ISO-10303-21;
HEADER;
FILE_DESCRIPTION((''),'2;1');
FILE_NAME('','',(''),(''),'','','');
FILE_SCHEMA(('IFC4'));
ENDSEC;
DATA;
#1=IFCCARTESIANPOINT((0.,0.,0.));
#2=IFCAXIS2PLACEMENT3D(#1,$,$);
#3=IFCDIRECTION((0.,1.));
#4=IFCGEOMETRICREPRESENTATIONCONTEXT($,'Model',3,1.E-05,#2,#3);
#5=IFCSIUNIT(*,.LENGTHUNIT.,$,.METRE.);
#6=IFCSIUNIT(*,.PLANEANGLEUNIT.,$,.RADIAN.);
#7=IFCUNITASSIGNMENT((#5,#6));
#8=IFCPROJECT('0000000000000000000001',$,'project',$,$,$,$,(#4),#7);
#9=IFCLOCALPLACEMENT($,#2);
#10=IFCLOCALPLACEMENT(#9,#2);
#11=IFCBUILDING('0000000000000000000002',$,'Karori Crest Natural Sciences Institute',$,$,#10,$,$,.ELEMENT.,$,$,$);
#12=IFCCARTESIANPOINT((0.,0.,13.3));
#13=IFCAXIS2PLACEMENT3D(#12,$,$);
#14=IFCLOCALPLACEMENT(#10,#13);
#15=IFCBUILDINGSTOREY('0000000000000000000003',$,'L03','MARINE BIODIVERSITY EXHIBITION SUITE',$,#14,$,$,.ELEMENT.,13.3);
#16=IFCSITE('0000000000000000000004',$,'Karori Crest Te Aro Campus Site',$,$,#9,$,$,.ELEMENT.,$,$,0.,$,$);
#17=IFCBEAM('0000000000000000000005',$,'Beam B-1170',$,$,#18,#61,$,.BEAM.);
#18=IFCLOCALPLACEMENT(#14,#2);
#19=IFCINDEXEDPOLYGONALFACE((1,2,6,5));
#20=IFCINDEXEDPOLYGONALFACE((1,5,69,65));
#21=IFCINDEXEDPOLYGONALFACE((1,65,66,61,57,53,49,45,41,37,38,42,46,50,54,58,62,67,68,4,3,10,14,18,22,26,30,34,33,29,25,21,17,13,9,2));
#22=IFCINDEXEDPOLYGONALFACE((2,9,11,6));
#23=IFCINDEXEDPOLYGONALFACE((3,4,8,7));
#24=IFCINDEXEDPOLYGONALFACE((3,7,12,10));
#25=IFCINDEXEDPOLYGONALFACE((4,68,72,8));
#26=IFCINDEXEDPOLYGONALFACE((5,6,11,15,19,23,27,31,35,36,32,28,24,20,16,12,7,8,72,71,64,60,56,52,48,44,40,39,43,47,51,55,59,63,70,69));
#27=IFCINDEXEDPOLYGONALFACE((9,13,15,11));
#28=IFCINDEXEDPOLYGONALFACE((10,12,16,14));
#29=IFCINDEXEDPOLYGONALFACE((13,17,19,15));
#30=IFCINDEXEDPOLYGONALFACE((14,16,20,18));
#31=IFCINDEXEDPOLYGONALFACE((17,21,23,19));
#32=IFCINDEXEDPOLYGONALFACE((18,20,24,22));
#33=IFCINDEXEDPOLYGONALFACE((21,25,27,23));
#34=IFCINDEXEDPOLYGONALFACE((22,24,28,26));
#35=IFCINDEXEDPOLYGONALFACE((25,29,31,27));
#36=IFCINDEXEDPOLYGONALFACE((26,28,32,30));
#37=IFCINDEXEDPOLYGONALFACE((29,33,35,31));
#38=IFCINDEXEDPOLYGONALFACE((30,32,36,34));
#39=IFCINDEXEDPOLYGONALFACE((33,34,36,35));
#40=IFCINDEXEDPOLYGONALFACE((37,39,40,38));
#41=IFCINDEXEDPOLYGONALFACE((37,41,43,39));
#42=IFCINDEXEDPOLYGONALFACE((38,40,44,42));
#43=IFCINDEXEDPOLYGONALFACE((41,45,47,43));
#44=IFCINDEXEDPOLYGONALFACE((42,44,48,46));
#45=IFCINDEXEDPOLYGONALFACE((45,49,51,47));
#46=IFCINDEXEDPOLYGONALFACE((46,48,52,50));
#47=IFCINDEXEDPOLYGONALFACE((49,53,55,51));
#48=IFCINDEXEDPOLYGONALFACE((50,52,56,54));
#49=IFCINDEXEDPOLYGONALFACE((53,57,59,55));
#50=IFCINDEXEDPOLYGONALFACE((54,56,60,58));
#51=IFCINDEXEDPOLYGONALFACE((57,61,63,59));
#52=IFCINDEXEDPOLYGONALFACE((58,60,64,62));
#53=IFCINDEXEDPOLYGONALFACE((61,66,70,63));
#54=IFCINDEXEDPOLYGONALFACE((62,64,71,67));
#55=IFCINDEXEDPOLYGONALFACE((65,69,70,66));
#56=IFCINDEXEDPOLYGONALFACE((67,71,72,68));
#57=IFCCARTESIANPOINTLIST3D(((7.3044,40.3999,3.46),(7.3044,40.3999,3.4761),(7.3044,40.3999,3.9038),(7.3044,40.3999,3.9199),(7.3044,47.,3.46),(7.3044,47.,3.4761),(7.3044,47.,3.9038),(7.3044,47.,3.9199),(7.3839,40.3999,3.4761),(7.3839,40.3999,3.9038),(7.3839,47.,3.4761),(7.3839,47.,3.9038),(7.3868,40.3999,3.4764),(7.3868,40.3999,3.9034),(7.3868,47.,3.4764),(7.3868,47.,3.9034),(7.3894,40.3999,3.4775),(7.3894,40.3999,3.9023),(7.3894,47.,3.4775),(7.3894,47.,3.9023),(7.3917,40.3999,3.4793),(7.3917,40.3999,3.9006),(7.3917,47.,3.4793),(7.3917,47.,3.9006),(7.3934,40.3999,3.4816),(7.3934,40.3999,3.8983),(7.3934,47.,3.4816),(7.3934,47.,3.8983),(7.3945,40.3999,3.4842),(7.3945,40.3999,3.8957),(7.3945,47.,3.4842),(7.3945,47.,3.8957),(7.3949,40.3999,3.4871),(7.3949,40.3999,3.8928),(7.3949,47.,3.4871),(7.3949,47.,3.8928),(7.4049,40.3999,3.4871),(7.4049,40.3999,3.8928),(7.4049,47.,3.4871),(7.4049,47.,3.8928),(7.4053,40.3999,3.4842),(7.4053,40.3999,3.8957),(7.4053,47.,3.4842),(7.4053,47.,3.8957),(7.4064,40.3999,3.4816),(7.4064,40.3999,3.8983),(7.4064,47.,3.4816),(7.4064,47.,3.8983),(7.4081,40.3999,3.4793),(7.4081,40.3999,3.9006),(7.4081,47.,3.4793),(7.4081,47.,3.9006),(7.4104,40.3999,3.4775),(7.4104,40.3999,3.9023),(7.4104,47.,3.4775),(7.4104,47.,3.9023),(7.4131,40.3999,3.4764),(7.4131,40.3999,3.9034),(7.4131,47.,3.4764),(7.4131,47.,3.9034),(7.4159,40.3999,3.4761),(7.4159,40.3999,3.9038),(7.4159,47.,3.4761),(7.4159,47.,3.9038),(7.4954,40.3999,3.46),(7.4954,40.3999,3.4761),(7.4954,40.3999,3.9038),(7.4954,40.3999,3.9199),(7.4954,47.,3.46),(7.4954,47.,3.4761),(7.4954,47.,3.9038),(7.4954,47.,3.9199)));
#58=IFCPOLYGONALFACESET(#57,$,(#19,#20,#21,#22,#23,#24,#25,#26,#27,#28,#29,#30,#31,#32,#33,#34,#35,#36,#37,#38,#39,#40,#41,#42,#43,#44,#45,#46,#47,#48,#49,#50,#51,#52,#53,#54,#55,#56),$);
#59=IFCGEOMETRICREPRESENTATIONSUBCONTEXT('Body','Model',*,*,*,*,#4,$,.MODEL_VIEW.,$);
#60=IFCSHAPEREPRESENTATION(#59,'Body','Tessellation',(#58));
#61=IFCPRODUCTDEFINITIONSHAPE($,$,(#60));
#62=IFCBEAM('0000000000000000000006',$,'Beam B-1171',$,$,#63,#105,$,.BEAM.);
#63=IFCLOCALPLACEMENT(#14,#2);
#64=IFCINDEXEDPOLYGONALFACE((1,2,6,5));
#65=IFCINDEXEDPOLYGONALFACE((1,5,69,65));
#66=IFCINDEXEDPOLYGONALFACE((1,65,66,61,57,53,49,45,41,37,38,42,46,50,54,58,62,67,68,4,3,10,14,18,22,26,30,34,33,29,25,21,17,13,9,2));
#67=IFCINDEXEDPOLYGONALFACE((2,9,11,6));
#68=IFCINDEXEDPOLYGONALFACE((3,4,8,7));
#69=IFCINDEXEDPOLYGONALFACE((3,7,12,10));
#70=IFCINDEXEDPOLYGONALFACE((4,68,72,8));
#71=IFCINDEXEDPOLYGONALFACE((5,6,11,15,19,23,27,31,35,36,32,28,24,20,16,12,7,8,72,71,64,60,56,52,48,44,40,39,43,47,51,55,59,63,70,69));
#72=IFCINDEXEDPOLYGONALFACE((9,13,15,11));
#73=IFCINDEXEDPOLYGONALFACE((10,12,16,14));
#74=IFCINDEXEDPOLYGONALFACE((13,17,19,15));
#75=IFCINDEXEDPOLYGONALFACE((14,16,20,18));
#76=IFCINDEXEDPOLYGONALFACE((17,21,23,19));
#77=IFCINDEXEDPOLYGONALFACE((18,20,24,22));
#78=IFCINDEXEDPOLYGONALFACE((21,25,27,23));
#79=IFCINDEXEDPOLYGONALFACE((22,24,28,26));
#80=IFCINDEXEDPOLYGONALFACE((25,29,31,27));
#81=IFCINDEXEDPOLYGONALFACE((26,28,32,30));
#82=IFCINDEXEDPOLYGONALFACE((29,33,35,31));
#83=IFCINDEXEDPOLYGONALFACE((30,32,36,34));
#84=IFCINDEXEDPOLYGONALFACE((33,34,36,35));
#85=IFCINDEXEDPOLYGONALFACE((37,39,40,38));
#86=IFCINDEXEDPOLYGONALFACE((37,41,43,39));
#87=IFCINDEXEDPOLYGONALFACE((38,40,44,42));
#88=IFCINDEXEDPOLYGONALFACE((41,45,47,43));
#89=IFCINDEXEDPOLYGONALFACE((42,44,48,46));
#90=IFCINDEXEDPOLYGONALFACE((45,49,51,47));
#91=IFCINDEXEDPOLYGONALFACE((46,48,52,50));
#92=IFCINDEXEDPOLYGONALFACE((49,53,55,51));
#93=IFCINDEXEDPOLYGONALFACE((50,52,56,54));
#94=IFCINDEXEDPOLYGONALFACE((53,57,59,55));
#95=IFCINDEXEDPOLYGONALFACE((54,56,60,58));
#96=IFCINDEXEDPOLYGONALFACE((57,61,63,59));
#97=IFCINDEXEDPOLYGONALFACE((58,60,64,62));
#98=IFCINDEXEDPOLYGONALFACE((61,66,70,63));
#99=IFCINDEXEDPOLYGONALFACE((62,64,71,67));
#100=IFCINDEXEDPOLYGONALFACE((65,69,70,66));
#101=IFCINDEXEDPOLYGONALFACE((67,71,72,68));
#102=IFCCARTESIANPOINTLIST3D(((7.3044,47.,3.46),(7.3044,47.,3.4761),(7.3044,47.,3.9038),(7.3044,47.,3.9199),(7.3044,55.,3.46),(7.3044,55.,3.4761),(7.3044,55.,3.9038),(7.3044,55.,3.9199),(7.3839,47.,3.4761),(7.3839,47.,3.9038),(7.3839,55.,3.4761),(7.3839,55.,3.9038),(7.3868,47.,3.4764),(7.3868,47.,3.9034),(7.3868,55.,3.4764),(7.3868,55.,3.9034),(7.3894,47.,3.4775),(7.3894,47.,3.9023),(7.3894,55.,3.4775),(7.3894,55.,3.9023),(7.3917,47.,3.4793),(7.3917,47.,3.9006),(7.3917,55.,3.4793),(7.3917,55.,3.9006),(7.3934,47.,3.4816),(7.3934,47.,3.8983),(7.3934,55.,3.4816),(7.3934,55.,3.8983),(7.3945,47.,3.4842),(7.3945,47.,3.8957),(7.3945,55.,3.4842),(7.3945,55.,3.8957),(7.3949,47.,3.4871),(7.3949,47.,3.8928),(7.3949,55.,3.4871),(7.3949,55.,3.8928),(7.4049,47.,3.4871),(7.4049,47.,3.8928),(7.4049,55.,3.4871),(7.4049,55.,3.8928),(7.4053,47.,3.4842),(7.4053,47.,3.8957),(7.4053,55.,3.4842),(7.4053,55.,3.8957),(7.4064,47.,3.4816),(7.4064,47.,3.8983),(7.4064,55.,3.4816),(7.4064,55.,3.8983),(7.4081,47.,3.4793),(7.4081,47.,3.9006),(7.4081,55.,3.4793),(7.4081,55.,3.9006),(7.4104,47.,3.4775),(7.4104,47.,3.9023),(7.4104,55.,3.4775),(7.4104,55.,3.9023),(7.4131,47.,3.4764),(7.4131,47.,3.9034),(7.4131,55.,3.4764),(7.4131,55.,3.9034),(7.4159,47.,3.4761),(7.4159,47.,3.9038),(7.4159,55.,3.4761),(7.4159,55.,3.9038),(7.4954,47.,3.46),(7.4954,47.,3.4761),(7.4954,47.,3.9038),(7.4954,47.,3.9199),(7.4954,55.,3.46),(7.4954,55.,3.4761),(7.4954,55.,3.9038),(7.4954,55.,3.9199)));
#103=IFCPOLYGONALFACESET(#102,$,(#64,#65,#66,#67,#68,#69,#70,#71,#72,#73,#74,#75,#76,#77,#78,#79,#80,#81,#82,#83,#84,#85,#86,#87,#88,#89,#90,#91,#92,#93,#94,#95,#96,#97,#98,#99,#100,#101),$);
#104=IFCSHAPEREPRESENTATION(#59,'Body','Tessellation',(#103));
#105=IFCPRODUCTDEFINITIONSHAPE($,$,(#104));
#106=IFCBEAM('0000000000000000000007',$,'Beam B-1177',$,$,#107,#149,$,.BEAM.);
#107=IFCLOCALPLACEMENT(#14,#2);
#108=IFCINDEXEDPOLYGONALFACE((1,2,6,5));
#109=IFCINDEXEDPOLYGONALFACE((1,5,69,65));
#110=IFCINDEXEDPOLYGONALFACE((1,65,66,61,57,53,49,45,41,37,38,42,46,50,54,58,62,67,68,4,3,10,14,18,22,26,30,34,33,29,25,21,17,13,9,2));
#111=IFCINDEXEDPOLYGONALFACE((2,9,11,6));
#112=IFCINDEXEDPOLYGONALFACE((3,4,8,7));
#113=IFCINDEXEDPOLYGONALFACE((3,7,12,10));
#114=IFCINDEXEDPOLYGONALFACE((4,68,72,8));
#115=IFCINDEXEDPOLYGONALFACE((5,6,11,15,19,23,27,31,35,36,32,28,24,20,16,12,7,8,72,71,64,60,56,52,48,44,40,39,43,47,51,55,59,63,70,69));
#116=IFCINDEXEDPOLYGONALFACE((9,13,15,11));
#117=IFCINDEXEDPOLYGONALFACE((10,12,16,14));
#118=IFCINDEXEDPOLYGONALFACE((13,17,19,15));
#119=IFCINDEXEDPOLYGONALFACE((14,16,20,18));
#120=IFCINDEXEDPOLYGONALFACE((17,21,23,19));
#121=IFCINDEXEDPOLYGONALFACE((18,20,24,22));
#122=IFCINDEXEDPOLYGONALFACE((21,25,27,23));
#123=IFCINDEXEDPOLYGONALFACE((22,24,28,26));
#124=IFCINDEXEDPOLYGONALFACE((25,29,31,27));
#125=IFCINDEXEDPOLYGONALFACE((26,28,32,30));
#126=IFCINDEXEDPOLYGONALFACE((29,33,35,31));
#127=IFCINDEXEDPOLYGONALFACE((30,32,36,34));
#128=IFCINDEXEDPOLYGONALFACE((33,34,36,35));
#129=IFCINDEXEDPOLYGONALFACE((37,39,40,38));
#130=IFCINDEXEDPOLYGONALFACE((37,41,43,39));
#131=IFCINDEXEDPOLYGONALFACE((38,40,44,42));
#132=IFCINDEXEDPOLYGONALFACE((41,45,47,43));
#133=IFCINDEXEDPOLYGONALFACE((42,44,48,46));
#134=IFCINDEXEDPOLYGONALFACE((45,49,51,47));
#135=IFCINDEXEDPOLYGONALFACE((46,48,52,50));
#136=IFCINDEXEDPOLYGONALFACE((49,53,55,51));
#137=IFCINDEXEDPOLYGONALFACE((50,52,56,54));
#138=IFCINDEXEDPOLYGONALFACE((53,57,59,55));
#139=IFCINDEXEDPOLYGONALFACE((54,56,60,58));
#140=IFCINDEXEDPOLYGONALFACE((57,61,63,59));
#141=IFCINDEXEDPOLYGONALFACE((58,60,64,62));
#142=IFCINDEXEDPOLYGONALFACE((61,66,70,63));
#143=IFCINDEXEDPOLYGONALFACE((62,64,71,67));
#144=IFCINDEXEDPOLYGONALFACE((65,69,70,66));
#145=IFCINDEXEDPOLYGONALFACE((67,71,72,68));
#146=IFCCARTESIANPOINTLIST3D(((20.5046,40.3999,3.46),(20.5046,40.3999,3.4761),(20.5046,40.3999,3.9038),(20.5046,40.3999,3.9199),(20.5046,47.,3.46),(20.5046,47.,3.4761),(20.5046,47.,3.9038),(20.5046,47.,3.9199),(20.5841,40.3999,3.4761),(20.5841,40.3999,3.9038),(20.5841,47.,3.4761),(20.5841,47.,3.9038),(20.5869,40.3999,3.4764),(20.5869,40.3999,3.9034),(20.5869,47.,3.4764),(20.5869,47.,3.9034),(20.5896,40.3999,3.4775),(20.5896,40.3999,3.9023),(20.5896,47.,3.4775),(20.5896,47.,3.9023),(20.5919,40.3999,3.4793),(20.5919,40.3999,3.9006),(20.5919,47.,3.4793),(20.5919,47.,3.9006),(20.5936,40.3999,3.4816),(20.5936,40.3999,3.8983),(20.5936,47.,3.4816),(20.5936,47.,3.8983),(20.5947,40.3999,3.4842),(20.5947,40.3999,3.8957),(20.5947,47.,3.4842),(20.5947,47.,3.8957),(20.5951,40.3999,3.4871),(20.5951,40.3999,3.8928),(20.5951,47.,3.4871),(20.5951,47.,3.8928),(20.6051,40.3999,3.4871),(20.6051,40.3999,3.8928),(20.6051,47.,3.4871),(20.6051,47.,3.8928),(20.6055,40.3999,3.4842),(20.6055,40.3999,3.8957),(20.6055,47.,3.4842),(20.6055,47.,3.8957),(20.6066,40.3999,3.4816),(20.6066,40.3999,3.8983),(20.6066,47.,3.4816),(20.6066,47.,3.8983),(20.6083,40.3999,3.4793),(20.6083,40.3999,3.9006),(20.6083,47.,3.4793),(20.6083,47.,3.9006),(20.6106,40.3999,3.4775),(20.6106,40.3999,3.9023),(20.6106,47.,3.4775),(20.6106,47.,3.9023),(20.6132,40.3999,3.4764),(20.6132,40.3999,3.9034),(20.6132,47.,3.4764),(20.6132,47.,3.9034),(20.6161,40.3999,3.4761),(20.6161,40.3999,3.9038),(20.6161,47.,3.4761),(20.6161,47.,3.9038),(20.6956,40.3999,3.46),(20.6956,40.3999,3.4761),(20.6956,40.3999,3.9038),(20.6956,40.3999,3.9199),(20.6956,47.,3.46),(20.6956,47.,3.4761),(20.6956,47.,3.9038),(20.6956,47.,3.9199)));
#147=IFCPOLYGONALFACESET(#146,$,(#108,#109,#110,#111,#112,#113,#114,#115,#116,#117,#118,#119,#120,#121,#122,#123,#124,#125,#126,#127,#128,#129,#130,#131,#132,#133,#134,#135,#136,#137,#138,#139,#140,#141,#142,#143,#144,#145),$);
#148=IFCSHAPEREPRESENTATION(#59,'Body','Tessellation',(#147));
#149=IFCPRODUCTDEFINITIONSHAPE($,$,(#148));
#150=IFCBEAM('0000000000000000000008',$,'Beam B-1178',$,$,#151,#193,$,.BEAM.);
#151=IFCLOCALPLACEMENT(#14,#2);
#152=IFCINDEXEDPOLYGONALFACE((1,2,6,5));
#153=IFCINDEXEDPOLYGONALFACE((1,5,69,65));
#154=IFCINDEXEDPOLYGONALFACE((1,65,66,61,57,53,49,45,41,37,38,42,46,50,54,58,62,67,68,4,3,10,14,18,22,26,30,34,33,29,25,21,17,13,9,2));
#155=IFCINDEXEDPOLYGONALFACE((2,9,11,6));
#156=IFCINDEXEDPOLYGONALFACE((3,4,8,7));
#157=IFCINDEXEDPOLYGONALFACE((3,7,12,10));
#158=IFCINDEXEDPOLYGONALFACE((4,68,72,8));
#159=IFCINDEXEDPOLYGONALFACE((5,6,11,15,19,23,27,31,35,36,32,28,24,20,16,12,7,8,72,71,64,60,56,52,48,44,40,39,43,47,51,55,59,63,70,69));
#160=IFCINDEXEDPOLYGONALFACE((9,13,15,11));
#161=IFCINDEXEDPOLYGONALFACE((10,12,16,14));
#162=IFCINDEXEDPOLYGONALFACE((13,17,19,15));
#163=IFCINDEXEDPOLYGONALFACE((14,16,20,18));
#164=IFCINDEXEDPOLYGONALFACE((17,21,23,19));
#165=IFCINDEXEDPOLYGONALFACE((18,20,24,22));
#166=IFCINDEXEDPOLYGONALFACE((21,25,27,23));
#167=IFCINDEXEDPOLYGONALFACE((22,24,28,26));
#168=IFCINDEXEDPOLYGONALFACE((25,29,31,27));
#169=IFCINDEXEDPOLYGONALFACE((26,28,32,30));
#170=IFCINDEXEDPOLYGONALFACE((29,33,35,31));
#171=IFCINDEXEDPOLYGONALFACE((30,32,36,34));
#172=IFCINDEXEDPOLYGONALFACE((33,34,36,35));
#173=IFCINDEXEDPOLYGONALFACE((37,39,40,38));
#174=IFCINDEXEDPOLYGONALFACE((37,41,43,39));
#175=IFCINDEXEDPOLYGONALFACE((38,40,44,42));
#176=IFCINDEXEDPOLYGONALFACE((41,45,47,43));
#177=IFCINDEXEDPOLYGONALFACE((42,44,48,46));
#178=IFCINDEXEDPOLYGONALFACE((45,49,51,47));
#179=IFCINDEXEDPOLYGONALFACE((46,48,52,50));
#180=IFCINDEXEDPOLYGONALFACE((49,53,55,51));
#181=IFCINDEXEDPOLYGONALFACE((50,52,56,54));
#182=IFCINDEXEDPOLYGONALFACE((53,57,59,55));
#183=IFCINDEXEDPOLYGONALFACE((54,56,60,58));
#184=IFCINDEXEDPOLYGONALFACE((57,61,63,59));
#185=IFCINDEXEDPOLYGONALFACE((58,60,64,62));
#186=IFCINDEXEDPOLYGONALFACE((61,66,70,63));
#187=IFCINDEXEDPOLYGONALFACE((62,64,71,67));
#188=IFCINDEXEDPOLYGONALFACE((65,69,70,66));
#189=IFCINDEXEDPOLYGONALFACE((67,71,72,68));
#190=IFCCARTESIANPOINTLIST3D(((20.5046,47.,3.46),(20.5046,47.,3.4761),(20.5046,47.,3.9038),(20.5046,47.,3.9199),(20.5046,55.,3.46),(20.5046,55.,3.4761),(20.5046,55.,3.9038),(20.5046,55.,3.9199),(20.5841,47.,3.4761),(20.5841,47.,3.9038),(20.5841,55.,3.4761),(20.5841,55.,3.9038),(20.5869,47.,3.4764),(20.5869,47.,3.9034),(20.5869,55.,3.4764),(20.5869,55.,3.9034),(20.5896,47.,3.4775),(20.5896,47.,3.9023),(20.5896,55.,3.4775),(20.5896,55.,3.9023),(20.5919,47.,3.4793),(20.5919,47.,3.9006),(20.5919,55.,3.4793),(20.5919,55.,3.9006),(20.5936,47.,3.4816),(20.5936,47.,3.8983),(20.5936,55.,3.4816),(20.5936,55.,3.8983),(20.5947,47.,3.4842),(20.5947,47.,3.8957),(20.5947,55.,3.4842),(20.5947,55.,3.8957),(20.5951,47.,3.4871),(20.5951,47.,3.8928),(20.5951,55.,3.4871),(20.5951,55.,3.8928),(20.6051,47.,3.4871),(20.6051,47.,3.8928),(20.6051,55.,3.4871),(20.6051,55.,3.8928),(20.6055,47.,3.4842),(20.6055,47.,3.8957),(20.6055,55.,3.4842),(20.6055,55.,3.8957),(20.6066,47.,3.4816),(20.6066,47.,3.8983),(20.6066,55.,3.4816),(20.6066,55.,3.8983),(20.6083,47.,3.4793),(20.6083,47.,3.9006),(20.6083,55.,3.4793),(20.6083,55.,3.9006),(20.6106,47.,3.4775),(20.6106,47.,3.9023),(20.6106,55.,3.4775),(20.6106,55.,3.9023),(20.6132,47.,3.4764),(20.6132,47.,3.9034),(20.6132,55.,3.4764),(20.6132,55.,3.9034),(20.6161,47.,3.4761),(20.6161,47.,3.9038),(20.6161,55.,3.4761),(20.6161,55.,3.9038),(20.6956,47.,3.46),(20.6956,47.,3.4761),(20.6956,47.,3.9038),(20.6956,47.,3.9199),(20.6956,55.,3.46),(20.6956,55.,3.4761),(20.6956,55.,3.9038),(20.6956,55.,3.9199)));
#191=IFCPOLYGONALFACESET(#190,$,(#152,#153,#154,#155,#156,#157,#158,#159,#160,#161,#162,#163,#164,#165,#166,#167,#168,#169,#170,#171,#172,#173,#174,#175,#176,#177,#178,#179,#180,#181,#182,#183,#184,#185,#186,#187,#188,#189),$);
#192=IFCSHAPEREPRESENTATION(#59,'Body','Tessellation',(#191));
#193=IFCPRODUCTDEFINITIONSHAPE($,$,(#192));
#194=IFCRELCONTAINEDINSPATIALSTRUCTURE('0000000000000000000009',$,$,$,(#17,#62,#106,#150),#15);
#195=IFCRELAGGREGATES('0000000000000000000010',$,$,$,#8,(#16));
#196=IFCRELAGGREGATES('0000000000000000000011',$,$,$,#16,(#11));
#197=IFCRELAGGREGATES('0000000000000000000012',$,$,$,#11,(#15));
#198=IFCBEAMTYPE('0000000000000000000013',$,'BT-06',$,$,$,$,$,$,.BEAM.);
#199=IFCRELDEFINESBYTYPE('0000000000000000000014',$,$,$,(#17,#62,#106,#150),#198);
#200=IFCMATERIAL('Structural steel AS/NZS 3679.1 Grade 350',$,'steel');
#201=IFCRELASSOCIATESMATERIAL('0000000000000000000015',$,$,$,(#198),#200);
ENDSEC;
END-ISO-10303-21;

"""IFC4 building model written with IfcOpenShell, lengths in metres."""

from ifc_helpers import new_model, si_unit, direction, frame, origin, origin_2d, place, context, subcontext, project, spatial, i_section, extrude, material, material_profile, profile_set, type_object, element, save


model = new_model("IFC4")

# Units and contexts
model_context = context("Model", 3, precision=1e-05, world=origin(), true_north=direction((0.0, 1.0)))
body_context = subcontext(model_context, "Body", "Model", "MODEL_VIEW")
ifc_project = project(units=[si_unit("LENGTHUNIT", "METRE"), si_unit("PLANEANGLEUNIT", "RADIAN")], contexts=[model_context])

# Site, building, storey
site_placement = place(None, origin())
site = spatial("IfcSite", under=ifc_project, at=site_placement, Name="Karori Crest Te Aro Campus Site", CompositionType="ELEMENT", RefElevation=0.0)
building_placement = place(site_placement, origin())
building = spatial("IfcBuilding", under=site, at=building_placement, Name="Karori Crest Natural Sciences Institute", CompositionType="ELEMENT")
storey_placement = place(building_placement, frame((0.0, 0.0, 13.3)))
storey = spatial("IfcBuildingStorey", under=building, at=storey_placement, Name="L03", Description="MARINE BIODIVERSITY EXHIBITION SUITE", CompositionType="ELEMENT", Elevation=13.3)

# Shared definitions
ifc_material_1 = material(Name="Structural steel AS/NZS 3679.1 Grade 350", Category="steel")

# Beams
ifc_material_profile_1 = material_profile(ifc_material_1, i_section(OverallWidth=0.1909, OverallDepth=0.46, WebThickness=0.01, FlangeThickness=0.0161, FilletRadius=0.011, at=origin_2d()), Name="460UB82.1")
ifc_profile_set_1 = profile_set([ifc_material_profile_1], Name="Structural steel AS/NZS 3679.1 Grade 350")
beam_type_1 = type_object("IfcBeamType", Name="BT-06", PredefinedType="BEAM", material=ifc_profile_set_1)
beam_1_placement = place(storey_placement, frame((7.3999, 40.3999, 3.6899), z_axis=(0.0, 1.0, 0.0), x_axis=(-1.0, 0.0, 0.0)))
element("IfcBeam", 1, at=beam_1_placement, inside=storey, type_object=beam_type_1, Name="Beam B-1170", PredefinedType="BEAM", context=body_context, shape_type="SweptSolid", body=[
    extrude(i_section(OverallWidth=0.1909, OverallDepth=0.46, WebThickness=0.01, FlangeThickness=0.0161, FilletRadius=0.011, at=origin_2d()), origin(), (0.0, 0.0, 1.0), 6.6001),
])
beam_2_placement = place(storey_placement, frame((7.3999, 47.0, 3.6899), z_axis=(0.0, 1.0, 0.0), x_axis=(-1.0, 0.0, 0.0)))
element("IfcBeam", 2, at=beam_2_placement, inside=storey, type_object=beam_type_1, Name="Beam B-1171", PredefinedType="BEAM", context=body_context, shape_type="SweptSolid", body=[
    extrude(i_section(OverallWidth=0.1909, OverallDepth=0.46, WebThickness=0.01, FlangeThickness=0.0161, FilletRadius=0.011, at=origin_2d()), origin(), (0.0, 0.0, 1.0), 8.0),
])
beam_3_placement = place(storey_placement, frame((20.6001, 40.3999, 3.6899), z_axis=(0.0, 1.0, 0.0), x_axis=(-1.0, 0.0, 0.0)))
element("IfcBeam", 3, at=beam_3_placement, inside=storey, type_object=beam_type_1, Name="Beam B-1177", PredefinedType="BEAM", context=body_context, shape_type="SweptSolid", body=[
    extrude(i_section(OverallWidth=0.1909, OverallDepth=0.46, WebThickness=0.01, FlangeThickness=0.0161, FilletRadius=0.011, at=origin_2d()), origin(), (0.0, 0.0, 1.0), 6.6001),
])
beam_4_placement = place(storey_placement, frame((20.6001, 47.0, 3.6899), z_axis=(0.0, 1.0, 0.0), x_axis=(-1.0, 0.0, 0.0)))
element("IfcBeam", 4, at=beam_4_placement, inside=storey, type_object=beam_type_1, Name="Beam B-1178", PredefinedType="BEAM", context=body_context, shape_type="SweptSolid", body=[
    extrude(i_section(OverallWidth=0.1909, OverallDepth=0.46, WebThickness=0.01, FlangeThickness=0.0161, FilletRadius=0.011, at=origin_2d()), origin(), (0.0, 0.0, 1.0), 8.0),
])

save(model, "model.ifc")
